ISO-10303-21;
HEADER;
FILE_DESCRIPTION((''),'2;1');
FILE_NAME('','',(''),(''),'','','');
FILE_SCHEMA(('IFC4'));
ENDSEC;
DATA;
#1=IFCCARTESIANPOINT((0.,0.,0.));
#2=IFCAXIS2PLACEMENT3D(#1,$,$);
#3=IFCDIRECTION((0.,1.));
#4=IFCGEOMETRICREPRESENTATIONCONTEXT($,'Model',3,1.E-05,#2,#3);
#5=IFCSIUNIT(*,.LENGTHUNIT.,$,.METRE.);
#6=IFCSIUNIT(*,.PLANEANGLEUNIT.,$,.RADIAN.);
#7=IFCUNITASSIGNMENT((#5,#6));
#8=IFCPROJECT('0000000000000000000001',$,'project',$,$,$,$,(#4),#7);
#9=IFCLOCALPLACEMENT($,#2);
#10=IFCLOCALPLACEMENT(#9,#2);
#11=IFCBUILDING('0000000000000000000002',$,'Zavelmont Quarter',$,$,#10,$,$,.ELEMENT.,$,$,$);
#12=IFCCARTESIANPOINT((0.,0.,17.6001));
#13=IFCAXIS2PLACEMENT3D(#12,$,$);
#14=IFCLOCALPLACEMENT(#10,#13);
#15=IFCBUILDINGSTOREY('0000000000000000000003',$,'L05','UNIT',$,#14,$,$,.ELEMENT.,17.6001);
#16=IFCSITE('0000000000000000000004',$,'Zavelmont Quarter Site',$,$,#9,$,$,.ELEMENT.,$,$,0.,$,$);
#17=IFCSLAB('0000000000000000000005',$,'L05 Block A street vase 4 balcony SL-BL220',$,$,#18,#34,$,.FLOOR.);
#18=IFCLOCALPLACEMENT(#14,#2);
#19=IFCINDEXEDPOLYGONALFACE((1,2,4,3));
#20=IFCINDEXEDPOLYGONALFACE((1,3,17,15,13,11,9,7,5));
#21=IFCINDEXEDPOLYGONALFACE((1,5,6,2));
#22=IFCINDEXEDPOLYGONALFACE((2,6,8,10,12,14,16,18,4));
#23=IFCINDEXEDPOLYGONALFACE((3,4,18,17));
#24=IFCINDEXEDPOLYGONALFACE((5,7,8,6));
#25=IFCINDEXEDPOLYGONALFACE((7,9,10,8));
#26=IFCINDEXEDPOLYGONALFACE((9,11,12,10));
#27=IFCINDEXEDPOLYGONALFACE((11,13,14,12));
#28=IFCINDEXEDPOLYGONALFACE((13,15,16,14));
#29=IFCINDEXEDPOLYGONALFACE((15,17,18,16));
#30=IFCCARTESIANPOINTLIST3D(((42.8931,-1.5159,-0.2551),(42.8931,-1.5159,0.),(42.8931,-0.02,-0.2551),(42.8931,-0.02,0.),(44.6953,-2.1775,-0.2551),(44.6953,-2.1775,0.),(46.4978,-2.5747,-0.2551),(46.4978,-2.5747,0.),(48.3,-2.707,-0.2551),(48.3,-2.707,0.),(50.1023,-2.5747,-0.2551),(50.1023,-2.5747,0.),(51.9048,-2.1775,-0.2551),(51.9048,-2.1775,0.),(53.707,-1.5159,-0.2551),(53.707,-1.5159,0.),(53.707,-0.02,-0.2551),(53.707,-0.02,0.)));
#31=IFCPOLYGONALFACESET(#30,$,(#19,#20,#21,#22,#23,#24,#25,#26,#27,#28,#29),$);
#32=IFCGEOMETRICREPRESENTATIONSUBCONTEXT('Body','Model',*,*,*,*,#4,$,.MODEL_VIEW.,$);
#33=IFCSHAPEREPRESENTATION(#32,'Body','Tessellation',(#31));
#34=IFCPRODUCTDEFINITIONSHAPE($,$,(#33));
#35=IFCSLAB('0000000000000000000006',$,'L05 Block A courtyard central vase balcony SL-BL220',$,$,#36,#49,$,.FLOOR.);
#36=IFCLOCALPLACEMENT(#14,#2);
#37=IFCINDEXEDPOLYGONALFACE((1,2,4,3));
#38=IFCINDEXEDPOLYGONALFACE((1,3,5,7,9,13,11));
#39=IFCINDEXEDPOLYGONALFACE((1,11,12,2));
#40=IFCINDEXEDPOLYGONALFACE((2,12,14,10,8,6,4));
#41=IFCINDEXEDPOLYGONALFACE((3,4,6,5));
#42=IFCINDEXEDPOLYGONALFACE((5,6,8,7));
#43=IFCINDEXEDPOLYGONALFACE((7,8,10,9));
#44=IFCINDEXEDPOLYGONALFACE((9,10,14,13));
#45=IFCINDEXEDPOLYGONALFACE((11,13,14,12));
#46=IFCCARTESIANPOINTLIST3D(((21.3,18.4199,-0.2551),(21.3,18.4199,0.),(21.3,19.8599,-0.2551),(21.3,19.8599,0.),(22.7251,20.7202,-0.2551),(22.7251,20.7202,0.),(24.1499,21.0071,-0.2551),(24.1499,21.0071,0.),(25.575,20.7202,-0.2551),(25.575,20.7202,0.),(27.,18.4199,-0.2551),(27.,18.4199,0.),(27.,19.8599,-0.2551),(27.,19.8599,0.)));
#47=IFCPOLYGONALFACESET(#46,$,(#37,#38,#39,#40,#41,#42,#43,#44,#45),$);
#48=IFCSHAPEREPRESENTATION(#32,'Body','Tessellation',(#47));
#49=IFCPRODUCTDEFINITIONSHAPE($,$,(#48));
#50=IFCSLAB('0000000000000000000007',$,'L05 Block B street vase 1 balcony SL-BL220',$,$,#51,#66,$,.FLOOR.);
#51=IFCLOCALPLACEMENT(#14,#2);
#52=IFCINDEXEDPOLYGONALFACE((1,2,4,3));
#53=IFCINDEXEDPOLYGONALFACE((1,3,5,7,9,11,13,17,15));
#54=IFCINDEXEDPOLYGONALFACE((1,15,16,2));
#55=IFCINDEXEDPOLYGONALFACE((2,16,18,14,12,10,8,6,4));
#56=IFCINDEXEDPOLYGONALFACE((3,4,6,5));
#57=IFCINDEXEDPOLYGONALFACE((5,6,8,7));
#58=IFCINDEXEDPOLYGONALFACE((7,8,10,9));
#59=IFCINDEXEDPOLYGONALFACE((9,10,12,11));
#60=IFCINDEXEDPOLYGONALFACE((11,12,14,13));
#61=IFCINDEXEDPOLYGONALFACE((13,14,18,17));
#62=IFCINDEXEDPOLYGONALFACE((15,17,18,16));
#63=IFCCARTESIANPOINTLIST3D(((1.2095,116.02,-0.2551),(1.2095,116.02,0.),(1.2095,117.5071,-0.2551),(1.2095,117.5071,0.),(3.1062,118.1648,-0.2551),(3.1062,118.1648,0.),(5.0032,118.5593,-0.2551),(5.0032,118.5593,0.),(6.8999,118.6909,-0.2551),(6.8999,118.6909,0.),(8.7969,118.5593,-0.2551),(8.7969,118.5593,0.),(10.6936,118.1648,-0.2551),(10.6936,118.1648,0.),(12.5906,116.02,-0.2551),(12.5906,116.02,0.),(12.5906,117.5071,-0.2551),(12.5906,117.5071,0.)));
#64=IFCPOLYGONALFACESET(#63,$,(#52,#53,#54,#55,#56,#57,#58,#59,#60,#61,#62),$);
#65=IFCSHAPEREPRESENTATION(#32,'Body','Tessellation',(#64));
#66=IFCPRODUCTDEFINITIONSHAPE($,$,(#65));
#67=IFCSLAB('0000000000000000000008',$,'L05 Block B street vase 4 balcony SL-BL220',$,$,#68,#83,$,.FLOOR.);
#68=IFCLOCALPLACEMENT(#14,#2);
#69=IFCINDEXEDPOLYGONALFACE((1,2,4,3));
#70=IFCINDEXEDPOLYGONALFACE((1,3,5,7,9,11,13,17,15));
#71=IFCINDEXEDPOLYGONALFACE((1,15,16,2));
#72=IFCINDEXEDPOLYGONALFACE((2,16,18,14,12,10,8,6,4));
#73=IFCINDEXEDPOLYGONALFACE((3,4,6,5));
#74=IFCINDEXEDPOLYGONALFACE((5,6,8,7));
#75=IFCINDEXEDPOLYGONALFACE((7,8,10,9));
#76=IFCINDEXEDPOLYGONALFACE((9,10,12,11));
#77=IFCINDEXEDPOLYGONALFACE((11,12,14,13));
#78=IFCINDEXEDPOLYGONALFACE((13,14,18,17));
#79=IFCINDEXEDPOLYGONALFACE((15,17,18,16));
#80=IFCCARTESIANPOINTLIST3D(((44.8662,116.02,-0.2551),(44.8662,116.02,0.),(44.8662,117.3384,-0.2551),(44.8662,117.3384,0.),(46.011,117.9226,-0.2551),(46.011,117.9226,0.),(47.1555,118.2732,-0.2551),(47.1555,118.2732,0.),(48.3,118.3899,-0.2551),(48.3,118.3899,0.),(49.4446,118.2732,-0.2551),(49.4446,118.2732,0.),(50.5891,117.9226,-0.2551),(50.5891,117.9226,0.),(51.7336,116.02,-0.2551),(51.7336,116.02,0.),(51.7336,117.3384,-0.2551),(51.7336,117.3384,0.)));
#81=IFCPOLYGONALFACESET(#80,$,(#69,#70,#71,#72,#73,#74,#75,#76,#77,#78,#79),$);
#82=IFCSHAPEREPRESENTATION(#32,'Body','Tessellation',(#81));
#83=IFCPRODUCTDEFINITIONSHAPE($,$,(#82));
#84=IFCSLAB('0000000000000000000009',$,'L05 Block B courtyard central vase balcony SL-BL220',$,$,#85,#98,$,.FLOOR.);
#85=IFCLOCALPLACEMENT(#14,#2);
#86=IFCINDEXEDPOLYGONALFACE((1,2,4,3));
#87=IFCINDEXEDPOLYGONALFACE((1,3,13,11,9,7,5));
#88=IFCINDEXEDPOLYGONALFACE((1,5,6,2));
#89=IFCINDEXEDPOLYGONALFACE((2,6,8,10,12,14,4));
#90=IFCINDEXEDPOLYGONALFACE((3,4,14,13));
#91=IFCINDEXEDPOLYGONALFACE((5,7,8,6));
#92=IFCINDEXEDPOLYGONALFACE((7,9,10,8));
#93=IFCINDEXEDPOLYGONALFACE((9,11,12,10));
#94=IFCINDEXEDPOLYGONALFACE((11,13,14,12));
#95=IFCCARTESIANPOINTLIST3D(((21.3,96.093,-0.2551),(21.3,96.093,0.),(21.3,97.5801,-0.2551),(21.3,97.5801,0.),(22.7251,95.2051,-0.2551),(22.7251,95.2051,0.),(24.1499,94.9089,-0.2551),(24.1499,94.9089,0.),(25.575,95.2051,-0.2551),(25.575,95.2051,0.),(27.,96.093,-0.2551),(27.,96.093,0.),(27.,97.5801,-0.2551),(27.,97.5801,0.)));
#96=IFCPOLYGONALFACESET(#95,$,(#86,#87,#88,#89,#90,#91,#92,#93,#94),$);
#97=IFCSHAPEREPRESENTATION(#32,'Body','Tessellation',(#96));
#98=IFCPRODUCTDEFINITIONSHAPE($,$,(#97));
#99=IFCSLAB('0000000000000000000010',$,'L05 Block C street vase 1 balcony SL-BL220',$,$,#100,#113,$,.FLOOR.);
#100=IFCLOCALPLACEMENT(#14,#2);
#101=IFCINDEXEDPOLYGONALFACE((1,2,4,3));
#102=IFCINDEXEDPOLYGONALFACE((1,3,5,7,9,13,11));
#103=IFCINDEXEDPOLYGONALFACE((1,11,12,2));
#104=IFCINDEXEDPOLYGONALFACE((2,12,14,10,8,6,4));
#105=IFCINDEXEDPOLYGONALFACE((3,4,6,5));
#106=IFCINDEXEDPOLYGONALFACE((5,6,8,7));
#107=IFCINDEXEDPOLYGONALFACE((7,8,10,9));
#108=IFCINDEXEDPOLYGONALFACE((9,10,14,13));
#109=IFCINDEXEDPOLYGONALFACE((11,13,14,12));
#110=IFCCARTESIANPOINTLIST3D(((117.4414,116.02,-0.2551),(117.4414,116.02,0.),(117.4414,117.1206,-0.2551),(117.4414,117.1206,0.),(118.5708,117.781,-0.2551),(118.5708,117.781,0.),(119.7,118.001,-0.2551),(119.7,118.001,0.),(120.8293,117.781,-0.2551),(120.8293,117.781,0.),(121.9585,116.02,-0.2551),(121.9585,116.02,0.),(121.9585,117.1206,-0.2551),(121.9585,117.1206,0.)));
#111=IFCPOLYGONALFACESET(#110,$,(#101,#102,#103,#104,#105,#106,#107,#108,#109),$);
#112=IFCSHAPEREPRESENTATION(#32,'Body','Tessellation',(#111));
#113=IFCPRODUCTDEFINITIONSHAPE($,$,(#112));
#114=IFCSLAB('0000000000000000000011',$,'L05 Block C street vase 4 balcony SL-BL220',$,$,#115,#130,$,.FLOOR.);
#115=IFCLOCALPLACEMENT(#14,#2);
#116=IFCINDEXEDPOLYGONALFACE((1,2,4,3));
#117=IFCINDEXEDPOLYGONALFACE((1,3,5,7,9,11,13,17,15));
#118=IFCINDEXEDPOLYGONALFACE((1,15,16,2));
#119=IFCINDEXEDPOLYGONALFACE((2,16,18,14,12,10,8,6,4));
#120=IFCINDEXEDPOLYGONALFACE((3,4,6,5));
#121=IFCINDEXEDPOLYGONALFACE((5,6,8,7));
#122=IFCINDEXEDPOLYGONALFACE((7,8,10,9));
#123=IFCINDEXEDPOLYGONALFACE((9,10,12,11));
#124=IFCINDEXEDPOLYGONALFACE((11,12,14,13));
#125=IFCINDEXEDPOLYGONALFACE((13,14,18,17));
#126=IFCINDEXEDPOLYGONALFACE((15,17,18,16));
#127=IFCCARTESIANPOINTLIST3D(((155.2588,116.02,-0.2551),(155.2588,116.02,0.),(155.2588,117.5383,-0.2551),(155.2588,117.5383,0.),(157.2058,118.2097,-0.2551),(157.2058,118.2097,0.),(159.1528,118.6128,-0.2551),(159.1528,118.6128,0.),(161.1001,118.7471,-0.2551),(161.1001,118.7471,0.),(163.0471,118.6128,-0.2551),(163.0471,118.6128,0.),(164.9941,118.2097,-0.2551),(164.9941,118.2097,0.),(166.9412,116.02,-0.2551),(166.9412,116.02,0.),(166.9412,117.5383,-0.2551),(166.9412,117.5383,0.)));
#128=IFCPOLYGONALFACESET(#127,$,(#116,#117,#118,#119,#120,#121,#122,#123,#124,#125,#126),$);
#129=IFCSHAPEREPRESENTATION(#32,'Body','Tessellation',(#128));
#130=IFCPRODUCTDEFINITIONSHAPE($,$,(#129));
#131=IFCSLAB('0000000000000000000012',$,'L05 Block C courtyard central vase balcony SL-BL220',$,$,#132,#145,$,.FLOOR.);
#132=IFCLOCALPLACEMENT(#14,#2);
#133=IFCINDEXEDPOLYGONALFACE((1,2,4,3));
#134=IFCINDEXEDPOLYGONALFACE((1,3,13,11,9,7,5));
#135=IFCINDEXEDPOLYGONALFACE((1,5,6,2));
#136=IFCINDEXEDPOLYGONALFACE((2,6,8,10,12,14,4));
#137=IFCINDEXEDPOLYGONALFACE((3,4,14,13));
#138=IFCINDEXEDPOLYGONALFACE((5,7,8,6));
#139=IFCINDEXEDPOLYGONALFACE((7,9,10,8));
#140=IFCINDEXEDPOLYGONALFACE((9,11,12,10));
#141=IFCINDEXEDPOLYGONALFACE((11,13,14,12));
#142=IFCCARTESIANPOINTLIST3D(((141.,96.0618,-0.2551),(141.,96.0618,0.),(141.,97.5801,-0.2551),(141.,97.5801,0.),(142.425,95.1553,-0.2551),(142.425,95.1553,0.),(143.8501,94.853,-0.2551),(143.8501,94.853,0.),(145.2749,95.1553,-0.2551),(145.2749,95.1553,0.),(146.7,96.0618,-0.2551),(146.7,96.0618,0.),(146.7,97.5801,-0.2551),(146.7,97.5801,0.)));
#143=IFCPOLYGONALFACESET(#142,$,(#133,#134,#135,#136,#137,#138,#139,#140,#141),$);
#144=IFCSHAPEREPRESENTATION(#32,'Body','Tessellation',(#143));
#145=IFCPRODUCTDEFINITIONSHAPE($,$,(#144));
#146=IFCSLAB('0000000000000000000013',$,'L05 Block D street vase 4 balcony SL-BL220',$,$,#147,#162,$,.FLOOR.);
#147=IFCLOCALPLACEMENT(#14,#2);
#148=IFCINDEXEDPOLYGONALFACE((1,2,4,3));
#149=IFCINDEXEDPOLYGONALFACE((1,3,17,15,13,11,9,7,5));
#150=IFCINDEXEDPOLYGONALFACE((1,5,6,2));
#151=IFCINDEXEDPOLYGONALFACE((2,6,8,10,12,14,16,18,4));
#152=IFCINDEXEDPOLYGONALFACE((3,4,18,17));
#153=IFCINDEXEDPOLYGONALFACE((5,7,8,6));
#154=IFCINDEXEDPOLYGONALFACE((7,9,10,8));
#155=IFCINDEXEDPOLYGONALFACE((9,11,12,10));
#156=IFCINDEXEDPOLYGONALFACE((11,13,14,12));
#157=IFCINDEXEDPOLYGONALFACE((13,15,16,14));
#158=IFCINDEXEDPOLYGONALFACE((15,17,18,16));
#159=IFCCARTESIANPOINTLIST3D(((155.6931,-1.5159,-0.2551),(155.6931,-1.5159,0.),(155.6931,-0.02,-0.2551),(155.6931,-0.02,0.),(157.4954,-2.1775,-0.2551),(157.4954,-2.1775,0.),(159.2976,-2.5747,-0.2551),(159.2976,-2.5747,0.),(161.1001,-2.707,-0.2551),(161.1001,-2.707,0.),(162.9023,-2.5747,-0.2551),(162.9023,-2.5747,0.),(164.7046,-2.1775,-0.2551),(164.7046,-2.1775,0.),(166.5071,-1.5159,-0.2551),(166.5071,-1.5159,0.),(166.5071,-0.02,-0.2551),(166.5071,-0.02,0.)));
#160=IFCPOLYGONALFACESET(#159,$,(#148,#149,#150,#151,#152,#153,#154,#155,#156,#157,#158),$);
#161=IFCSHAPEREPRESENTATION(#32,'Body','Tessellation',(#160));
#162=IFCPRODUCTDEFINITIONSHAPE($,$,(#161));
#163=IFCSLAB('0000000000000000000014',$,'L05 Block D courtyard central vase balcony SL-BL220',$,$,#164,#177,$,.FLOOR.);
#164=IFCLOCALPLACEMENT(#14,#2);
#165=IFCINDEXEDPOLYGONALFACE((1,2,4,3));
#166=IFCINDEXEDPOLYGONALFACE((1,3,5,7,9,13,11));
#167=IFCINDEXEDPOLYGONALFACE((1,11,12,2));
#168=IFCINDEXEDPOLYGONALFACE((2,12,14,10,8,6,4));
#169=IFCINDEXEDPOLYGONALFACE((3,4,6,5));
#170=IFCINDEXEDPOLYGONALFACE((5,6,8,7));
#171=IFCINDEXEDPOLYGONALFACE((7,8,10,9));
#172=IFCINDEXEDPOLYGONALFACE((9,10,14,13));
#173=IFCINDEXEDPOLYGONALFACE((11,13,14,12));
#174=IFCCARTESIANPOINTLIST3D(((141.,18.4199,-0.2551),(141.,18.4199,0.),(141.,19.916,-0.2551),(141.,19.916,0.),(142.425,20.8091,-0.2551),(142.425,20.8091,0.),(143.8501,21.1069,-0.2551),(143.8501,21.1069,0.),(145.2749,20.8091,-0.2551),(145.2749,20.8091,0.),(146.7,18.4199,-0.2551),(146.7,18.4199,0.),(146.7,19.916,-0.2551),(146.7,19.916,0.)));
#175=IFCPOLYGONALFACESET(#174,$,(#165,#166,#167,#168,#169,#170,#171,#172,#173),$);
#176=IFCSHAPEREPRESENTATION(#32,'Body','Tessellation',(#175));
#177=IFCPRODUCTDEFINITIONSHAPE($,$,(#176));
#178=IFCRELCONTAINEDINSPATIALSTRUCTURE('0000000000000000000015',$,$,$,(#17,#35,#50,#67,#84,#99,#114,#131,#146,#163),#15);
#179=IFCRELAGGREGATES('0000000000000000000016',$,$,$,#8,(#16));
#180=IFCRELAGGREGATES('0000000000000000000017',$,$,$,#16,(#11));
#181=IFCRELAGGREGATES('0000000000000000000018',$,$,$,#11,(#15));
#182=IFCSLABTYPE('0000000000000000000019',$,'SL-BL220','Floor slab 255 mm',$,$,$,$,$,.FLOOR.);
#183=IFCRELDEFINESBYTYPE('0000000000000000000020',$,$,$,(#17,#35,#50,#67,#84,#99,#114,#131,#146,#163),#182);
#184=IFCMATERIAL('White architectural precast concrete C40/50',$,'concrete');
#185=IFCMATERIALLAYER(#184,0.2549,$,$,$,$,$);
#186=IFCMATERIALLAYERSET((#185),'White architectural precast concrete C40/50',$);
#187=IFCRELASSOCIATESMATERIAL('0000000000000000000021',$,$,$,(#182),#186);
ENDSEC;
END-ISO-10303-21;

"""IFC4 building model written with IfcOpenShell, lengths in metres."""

from ifc_helpers import new_model, si_unit, direction, frame, origin, place, context, subcontext, project, spatial, polyline, outline, extrude, material, layer, layer_set, type_object, element, save


model = new_model("IFC4")

# Units and contexts
model_context = context("Model", 3, precision=1e-05, world=origin(), true_north=direction((0.0, 1.0)))
body_context = subcontext(model_context, "Body", "Model", "MODEL_VIEW")
ifc_project = project(units=[si_unit("LENGTHUNIT", "METRE"), si_unit("PLANEANGLEUNIT", "RADIAN")], contexts=[model_context])

# Site, building, storey
site_placement = place(None, origin())
site = spatial("IfcSite", under=ifc_project, at=site_placement, Name="Zavelmont Quarter Site", CompositionType="ELEMENT", RefElevation=0.0)
building_placement = place(site_placement, origin())
building = spatial("IfcBuilding", under=site, at=building_placement, Name="Zavelmont Quarter", CompositionType="ELEMENT")
storey_placement = place(building_placement, frame((0.0, 0.0, 17.6001)))
storey = spatial("IfcBuildingStorey", under=building, at=storey_placement, Name="L05", Description="UNIT", CompositionType="ELEMENT", Elevation=17.6001)

# Slabs
ifc_material_1 = material(Name="White architectural precast concrete C40/50", Category="concrete")
ifc_layer_1 = layer(ifc_material_1, 0.2549)
ifc_layer_set_1 = layer_set([ifc_layer_1], Name="White architectural precast concrete C40/50")
slab_type_1 = type_object("IfcSlabType", Name="SL-BL220", Description="Floor slab 255 mm", PredefinedType="FLOOR", material=ifc_layer_set_1)
slab_1_placement = place(storey_placement, frame((0.0, 0.0, -0.2551)))
element("IfcSlab", 1, at=slab_1_placement, inside=storey, type_object=slab_type_1, Name="L05 Block A street vase 4 balcony SL-BL220", PredefinedType="FLOOR", context=body_context, shape_type="SweptSolid", body=[
    extrude(outline(polyline([(42.8931, -0.02), (42.8931, -1.5159), (44.6953, -2.1775), (46.4978, -2.5747), (48.3, -2.707), (50.1023, -2.5747), (51.9048, -2.1775), (53.707, -1.5159), (53.707, -0.02), (42.8931, -0.02)])), origin(), (0.0, 0.0, 1.0), 0.2551),
])
slab_2_placement = place(storey_placement, frame((0.0, 0.0, -0.2551)))
element("IfcSlab", 2, at=slab_2_placement, inside=storey, type_object=slab_type_1, Name="L05 Block A courtyard central vase balcony SL-BL220", PredefinedType="FLOOR", context=body_context, shape_type="SweptSolid", body=[
    extrude(outline(polyline([(27.0, 18.4199), (27.0, 19.8599), (25.575, 20.7202), (24.1499, 21.0071), (22.7251, 20.7202), (21.3, 19.8599), (21.3, 18.4199), (27.0, 18.4199)])), origin(), (0.0, 0.0, 1.0), 0.2551),
])
slab_3_placement = place(storey_placement, frame((0.0, 0.0, -0.2551)))
element("IfcSlab", 3, at=slab_3_placement, inside=storey, type_object=slab_type_1, Name="L05 Block B street vase 1 balcony SL-BL220", PredefinedType="FLOOR", context=body_context, shape_type="SweptSolid", body=[
    extrude(outline(polyline([(12.5906, 116.02), (12.5906, 117.5071), (10.6936, 118.1648), (8.7969, 118.5593), (6.8999, 118.6909), (5.0032, 118.5593), (3.1062, 118.1648), (1.2095, 117.5071), (1.2095, 116.02), (12.5906, 116.02)])), origin(), (0.0, 0.0, 1.0), 0.2551),
])
slab_4_placement = place(storey_placement, frame((0.0, 0.0, -0.2551)))
element("IfcSlab", 4, at=slab_4_placement, inside=storey, type_object=slab_type_1, Name="L05 Block B street vase 4 balcony SL-BL220", PredefinedType="FLOOR", context=body_context, shape_type="SweptSolid", body=[
    extrude(outline(polyline([(51.7336, 116.02), (51.7336, 117.3384), (50.5891, 117.9226), (49.4446, 118.2732), (48.3, 118.3899), (47.1555, 118.2732), (46.011, 117.9226), (44.8662, 117.3384), (44.8662, 116.02), (51.7336, 116.02)])), origin(), (0.0, 0.0, 1.0), 0.2551),
])
slab_5_placement = place(storey_placement, frame((0.0, 0.0, -0.2551)))
element("IfcSlab", 5, at=slab_5_placement, inside=storey, type_object=slab_type_1, Name="L05 Block B courtyard central vase balcony SL-BL220", PredefinedType="FLOOR", context=body_context, shape_type="SweptSolid", body=[
    extrude(outline(polyline([(21.3, 97.5801), (21.3, 96.093), (22.7251, 95.2051), (24.1499, 94.9089), (25.575, 95.2051), (27.0, 96.093), (27.0, 97.5801), (21.3, 97.5801)])), origin(), (0.0, 0.0, 1.0), 0.2551),
])
slab_6_placement = place(storey_placement, frame((0.0, 0.0, -0.2551)))
element("IfcSlab", 6, at=slab_6_placement, inside=storey, type_object=slab_type_1, Name="L05 Block C street vase 1 balcony SL-BL220", PredefinedType="FLOOR", context=body_context, shape_type="SweptSolid", body=[
    extrude(outline(polyline([(121.9585, 116.02), (121.9585, 117.1206), (120.8293, 117.781), (119.7, 118.001), (118.5708, 117.781), (117.4414, 117.1206), (117.4414, 116.02), (121.9585, 116.02)])), origin(), (0.0, 0.0, 1.0), 0.2551),
])
slab_7_placement = place(storey_placement, frame((0.0, 0.0, -0.2551)))
element("IfcSlab", 7, at=slab_7_placement, inside=storey, type_object=slab_type_1, Name="L05 Block C street vase 4 balcony SL-BL220", PredefinedType="FLOOR", context=body_context, shape_type="SweptSolid", body=[
    extrude(outline(polyline([(166.9412, 116.02), (166.9412, 117.5383), (164.9941, 118.2097), (163.0471, 118.6128), (161.1001, 118.7471), (159.1528, 118.6128), (157.2058, 118.2097), (155.2588, 117.5383), (155.2588, 116.02), (166.9412, 116.02)])), origin(), (0.0, 0.0, 1.0), 0.2551),
])
slab_8_placement = place(storey_placement, frame((0.0, 0.0, -0.2551)))
element("IfcSlab", 8, at=slab_8_placement, inside=storey, type_object=slab_type_1, Name="L05 Block C courtyard central vase balcony SL-BL220", PredefinedType="FLOOR", context=body_context, shape_type="SweptSolid", body=[
    extrude(outline(polyline([(141.0, 97.5801), (141.0, 96.0618), (142.425, 95.1553), (143.8501, 94.853), (145.2749, 95.1553), (146.7, 96.0618), (146.7, 97.5801), (141.0, 97.5801)])), origin(), (0.0, 0.0, 1.0), 0.2551),
])
slab_9_placement = place(storey_placement, frame((0.0, 0.0, -0.2551)))
element("IfcSlab", 9, at=slab_9_placement, inside=storey, type_object=slab_type_1, Name="L05 Block D street vase 4 balcony SL-BL220", PredefinedType="FLOOR", context=body_context, shape_type="SweptSolid", body=[
    extrude(outline(polyline([(155.6931, -0.02), (155.6931, -1.5159), (157.4954, -2.1775), (159.2976, -2.5747), (161.1001, -2.707), (162.9023, -2.5747), (164.7046, -2.1775), (166.5071, -1.5159), (166.5071, -0.02), (155.6931, -0.02)])), origin(), (0.0, 0.0, 1.0), 0.2551),
])
slab_10_placement = place(storey_placement, frame((0.0, 0.0, -0.2551)))
element("IfcSlab", 10, at=slab_10_placement, inside=storey, type_object=slab_type_1, Name="L05 Block D courtyard central vase balcony SL-BL220", PredefinedType="FLOOR", context=body_context, shape_type="SweptSolid", body=[
    extrude(outline(polyline([(146.7, 18.4199), (146.7, 19.916), (145.2749, 20.8091), (143.8501, 21.1069), (142.425, 20.8091), (141.0, 19.916), (141.0, 18.4199), (146.7, 18.4199)])), origin(), (0.0, 0.0, 1.0), 0.2551),
])

save(model, "model.ifc")
